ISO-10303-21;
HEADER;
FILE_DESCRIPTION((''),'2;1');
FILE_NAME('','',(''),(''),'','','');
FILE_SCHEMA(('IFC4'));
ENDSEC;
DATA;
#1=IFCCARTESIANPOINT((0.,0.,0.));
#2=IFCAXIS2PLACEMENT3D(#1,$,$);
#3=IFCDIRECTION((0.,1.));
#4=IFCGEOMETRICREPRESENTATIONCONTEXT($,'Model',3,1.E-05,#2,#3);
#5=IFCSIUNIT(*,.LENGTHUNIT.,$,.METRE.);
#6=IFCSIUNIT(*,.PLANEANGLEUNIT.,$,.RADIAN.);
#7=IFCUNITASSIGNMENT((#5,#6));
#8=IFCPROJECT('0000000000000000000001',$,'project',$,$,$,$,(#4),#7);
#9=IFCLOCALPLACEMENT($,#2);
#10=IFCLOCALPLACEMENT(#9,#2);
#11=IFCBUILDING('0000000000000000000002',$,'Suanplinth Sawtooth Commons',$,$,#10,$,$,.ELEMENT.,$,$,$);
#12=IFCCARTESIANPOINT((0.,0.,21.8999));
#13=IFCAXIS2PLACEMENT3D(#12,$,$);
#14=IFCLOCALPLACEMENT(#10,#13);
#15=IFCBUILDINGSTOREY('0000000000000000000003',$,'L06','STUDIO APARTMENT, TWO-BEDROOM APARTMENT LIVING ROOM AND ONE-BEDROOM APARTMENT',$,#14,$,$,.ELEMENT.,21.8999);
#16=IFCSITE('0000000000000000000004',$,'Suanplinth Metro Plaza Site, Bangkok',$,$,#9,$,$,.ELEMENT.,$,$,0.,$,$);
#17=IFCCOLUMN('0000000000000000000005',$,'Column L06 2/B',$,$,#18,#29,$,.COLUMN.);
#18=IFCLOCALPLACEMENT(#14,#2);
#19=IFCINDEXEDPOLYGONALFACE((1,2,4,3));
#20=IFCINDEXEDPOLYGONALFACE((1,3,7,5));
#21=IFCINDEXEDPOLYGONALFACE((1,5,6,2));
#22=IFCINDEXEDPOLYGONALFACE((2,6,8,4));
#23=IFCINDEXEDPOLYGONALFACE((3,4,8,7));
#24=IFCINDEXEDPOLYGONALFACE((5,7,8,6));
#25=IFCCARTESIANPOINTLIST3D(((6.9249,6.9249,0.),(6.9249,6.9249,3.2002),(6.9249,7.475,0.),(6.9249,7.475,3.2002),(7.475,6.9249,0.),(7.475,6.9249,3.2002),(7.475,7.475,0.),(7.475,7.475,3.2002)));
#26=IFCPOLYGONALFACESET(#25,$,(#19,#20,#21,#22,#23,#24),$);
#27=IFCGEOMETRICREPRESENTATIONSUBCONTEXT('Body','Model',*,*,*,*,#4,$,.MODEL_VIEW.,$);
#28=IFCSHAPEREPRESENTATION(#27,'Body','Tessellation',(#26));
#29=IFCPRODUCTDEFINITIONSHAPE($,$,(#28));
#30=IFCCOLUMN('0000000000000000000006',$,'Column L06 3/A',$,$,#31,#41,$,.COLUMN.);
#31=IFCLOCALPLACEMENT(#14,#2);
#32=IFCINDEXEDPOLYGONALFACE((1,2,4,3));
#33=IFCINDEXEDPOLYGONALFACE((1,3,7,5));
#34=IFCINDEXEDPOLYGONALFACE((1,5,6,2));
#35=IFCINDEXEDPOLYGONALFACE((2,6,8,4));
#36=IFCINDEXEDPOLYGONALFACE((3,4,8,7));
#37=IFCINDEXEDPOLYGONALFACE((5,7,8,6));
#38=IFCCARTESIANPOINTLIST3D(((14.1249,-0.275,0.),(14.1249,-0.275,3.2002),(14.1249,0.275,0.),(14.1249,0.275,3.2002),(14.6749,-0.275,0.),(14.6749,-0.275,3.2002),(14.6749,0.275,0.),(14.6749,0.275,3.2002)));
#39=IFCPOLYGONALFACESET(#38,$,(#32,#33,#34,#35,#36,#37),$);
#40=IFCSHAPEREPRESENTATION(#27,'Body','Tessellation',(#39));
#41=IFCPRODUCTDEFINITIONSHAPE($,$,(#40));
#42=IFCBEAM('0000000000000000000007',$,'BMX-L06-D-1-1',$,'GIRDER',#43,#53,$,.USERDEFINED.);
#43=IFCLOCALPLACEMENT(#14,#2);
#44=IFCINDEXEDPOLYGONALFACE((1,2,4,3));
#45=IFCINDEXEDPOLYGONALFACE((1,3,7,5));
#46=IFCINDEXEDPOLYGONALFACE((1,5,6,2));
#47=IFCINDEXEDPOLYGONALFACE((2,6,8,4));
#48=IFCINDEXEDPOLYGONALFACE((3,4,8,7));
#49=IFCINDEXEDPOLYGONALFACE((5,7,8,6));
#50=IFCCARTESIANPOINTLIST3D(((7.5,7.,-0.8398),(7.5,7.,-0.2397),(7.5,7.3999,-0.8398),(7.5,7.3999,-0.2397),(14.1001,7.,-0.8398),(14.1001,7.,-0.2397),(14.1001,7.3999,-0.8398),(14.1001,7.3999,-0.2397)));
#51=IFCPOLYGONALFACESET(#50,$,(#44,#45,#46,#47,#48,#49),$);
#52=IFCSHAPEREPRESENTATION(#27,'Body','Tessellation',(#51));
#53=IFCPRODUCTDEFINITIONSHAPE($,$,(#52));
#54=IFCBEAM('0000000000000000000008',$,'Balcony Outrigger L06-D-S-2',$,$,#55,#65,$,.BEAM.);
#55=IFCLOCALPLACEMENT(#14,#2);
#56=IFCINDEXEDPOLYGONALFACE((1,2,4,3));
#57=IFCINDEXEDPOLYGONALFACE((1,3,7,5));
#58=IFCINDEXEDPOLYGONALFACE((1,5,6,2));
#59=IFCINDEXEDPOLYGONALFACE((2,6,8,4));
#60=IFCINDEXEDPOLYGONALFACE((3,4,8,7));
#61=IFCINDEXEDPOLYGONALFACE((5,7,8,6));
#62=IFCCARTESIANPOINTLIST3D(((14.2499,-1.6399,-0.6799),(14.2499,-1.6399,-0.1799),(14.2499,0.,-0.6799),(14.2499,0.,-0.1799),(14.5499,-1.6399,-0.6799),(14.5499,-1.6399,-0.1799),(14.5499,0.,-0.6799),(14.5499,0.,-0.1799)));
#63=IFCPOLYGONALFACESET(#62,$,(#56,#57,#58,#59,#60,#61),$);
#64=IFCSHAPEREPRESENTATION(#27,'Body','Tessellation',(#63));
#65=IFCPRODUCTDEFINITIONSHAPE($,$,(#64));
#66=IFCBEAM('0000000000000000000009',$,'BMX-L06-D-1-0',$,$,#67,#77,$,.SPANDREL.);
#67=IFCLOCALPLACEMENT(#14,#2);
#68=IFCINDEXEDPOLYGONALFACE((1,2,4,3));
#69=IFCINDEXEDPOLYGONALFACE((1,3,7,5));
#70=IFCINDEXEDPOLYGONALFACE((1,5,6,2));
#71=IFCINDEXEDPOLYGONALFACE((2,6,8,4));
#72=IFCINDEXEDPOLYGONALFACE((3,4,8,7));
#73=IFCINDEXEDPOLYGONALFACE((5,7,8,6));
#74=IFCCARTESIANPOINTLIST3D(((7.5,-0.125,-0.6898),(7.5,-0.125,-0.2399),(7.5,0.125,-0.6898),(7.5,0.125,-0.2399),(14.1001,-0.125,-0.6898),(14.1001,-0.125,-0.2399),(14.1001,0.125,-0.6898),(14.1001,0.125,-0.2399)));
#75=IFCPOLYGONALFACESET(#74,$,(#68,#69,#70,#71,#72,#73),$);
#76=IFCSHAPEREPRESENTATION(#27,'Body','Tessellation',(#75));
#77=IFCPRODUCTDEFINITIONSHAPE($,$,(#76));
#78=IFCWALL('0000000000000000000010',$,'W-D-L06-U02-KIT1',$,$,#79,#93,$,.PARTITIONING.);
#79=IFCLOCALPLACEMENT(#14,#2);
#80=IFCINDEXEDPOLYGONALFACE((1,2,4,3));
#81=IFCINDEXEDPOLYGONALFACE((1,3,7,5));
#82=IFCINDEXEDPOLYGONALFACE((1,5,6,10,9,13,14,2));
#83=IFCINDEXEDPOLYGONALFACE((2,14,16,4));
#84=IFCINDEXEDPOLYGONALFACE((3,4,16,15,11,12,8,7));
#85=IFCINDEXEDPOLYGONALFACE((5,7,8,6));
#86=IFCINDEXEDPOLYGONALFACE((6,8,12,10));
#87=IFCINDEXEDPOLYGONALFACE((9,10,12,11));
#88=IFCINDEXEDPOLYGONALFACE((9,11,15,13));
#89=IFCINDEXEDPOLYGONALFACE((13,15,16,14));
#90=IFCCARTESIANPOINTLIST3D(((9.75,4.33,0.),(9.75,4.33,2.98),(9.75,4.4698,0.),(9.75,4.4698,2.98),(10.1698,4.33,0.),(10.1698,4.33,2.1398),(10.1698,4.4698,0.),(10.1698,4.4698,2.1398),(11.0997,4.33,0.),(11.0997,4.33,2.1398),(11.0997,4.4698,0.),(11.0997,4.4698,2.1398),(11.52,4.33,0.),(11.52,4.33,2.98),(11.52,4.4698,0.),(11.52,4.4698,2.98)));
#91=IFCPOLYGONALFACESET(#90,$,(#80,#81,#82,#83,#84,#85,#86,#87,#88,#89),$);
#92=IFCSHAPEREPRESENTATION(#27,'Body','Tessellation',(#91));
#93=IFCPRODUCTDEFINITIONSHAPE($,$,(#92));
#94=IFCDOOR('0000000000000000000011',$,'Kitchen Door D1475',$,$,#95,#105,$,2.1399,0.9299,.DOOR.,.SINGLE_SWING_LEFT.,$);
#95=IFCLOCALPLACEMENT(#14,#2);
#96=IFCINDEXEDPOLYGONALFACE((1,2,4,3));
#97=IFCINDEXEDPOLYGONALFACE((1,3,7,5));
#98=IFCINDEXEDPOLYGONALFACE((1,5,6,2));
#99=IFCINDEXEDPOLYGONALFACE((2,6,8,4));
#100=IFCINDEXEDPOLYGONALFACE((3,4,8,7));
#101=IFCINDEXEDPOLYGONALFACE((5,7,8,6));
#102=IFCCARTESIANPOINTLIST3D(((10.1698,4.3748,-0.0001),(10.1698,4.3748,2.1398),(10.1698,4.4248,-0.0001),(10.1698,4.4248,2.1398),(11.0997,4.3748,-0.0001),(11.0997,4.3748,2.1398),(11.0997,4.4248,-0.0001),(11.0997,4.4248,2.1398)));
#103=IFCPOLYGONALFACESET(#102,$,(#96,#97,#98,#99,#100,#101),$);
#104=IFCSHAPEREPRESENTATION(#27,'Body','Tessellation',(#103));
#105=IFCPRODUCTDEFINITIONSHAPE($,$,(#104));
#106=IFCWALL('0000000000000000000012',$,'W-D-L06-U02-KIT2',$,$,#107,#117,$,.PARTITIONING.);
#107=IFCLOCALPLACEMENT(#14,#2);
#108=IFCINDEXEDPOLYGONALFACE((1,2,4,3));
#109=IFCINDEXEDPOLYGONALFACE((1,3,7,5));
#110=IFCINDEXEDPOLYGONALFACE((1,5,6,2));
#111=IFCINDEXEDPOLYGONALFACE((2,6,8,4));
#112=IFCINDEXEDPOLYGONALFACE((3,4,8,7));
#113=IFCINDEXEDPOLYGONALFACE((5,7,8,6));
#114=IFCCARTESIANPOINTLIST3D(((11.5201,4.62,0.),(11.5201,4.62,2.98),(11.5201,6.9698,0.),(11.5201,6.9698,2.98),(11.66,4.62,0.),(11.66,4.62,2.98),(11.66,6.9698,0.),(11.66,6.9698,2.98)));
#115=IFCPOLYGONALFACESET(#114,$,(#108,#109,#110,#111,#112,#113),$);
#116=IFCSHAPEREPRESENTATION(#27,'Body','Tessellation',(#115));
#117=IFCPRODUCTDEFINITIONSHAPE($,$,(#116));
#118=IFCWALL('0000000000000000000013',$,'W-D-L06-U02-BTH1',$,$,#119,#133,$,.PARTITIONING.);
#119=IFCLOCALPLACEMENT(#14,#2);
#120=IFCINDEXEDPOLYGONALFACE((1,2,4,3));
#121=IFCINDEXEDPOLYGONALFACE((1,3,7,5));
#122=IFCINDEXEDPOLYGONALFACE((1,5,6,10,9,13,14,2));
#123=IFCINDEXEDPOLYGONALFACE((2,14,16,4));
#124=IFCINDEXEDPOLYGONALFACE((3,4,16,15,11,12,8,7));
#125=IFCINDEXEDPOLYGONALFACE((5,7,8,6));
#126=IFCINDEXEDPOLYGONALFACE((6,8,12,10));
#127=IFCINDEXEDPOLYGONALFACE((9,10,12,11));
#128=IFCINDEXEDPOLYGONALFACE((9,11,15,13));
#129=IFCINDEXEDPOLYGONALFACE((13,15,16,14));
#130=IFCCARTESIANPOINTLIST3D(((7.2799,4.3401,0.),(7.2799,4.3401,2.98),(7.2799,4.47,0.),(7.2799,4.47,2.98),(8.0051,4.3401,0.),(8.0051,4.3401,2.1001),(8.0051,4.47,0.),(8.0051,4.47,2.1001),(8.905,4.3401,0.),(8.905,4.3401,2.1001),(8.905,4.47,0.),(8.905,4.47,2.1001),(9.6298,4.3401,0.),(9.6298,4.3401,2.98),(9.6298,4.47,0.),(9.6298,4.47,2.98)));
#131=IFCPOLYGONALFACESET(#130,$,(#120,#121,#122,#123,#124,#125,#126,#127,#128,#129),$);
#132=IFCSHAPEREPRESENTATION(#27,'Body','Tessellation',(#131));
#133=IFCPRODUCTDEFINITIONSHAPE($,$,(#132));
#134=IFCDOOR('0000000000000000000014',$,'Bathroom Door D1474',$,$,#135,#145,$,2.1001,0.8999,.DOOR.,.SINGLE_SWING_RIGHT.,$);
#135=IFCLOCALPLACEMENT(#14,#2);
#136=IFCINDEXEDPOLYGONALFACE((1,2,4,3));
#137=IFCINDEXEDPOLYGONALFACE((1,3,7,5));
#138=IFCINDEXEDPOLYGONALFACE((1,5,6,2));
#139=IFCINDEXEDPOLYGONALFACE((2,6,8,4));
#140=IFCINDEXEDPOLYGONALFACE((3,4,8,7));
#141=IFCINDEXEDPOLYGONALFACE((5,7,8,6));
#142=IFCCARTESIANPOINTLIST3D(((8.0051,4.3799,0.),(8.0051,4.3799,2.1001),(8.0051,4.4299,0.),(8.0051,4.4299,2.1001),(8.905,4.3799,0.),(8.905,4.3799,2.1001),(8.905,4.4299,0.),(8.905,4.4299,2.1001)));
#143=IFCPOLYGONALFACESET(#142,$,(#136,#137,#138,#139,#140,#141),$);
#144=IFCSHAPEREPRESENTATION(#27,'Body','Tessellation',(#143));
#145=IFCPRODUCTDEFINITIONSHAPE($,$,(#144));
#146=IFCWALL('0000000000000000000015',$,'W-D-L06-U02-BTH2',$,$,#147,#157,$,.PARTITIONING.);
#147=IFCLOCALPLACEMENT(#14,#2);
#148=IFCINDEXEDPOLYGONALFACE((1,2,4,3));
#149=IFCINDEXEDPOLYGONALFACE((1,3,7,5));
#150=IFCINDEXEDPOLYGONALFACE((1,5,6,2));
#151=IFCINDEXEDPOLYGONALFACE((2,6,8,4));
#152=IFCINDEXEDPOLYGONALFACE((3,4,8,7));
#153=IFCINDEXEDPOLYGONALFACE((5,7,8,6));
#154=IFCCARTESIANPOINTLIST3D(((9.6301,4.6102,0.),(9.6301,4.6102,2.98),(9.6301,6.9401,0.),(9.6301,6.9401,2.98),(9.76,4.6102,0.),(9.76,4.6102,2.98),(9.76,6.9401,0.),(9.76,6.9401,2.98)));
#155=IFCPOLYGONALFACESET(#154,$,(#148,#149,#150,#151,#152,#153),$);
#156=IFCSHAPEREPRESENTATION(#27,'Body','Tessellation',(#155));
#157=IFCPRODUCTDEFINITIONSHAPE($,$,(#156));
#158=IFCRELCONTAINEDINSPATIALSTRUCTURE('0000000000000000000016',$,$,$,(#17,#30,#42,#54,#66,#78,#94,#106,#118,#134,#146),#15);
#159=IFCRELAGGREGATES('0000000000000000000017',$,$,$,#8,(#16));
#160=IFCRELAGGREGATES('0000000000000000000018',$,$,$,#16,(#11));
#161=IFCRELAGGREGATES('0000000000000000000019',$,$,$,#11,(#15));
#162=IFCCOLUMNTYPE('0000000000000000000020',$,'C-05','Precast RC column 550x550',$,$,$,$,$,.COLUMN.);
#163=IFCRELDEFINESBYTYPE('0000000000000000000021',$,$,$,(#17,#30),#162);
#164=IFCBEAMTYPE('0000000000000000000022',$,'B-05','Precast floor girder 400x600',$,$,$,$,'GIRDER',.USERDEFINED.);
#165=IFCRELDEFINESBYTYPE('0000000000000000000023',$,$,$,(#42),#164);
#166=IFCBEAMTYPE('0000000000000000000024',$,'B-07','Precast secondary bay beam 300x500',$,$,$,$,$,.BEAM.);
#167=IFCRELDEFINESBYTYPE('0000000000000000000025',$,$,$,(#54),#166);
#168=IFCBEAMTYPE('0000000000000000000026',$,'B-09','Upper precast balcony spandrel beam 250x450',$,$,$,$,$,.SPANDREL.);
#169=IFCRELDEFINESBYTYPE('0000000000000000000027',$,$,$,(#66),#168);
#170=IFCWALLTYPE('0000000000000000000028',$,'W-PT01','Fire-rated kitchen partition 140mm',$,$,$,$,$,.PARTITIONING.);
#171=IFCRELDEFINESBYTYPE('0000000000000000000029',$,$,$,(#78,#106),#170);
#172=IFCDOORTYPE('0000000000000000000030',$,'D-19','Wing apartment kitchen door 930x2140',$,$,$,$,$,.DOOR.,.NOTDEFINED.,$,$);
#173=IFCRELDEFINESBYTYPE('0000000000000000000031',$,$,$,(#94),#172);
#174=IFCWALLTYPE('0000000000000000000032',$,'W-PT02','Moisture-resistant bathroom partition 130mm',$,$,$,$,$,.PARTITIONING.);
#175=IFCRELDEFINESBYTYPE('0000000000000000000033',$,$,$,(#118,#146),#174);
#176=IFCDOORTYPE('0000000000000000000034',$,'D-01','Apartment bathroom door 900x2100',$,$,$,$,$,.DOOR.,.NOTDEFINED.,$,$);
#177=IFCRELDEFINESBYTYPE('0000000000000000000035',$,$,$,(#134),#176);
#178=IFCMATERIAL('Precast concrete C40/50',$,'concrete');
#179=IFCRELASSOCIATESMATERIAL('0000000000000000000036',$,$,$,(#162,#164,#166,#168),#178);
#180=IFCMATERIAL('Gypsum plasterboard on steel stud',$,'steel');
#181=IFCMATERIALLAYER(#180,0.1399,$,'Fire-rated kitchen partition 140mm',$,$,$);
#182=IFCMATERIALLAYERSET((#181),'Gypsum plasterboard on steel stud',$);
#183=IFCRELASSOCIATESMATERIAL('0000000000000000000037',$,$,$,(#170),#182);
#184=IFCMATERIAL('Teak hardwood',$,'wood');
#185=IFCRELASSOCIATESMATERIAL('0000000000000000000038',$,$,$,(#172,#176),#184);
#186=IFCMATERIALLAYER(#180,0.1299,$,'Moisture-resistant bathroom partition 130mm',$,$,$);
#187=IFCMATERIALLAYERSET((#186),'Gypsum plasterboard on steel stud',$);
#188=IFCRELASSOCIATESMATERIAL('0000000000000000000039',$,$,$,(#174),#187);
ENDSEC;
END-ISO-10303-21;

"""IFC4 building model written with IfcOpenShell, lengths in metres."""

from ifc_helpers import new_model, si_unit, direction, frame, frame_2d, origin, origin_2d, place, context, subcontext, project, spatial, rectangle, extrude, material, layer, layer_set, material_profile, profile_set, type_object, element, fill, save


model = new_model("IFC4")

# Units and contexts
model_context = context("Model", 3, precision=1e-05, world=origin(), true_north=direction((0.0, 1.0)))
body_context = subcontext(model_context, "Body", "Model", "MODEL_VIEW")
ifc_project = project(units=[si_unit("LENGTHUNIT", "METRE"), si_unit("PLANEANGLEUNIT", "RADIAN")], contexts=[model_context])

# Site, building, storey
site_placement = place(None, origin())
site = spatial("IfcSite", under=ifc_project, at=site_placement, Name="Suanplinth Metro Plaza Site, Bangkok", CompositionType="ELEMENT", RefElevation=0.0)
building_placement = place(site_placement, origin())
building = spatial("IfcBuilding", under=site, at=building_placement, Name="Suanplinth Sawtooth Commons", CompositionType="ELEMENT")
storey_placement = place(building_placement, frame((0.0, 0.0, 21.8999)))
storey = spatial("IfcBuildingStorey", under=building, at=storey_placement, Name="L06", Description="STUDIO APARTMENT, TWO-BEDROOM APARTMENT LIVING ROOM AND ONE-BEDROOM APARTMENT", CompositionType="ELEMENT", Elevation=21.8999)

# Columns
ifc_material_1 = material(Name="Precast concrete C40/50", Category="concrete")
ifc_material_profile_1 = material_profile(ifc_material_1, rectangle(XDim=0.55, YDim=0.55, at=origin_2d()), Name="PC-COL 550x550")
ifc_profile_set_1 = profile_set([ifc_material_profile_1], Name="Precast concrete C40/50")
column_type = type_object("IfcColumnType", Name="C-05", Description="Precast RC column 550x550", PredefinedType="COLUMN", material=ifc_profile_set_1)
for number, where, z_axis, x_axis, name in (
    (1, (7.2, 7.2, 0.0), (0.0, 0.0, 1.0), (1.0, 0.0, 0.0), "Column L06 2/B"),
    (2, (14.3999, 0.0, 0.0), (0.0, 0.0, 1.0), (1.0, 0.0, 0.0), "Column L06 3/A"),
):
    element("IfcColumn", number, at=place(storey_placement, frame(where, z_axis=z_axis, x_axis=x_axis)), inside=storey, type_object=column_type, Name=name, PredefinedType="COLUMN", context=body_context, shape_type="SweptSolid", body=[
        extrude(rectangle(XDim=0.55, YDim=0.55, at=origin_2d()), origin(), (0.0, 0.0, 1.0), 3.2002),
    ])

# Beams
ifc_material_profile_2 = material_profile(ifc_material_1, rectangle(XDim=0.3999, YDim=0.6001, at=origin_2d()), Name="PC-GDR 400x600")
ifc_profile_set_2 = profile_set([ifc_material_profile_2], Name="Precast concrete C40/50")
beam_type_1 = type_object("IfcBeamType", Name="B-05", Description="Precast floor girder 400x600", ElementType="GIRDER", PredefinedType="USERDEFINED", material=ifc_profile_set_2)
beam_1_placement = place(storey_placement, frame((7.5, 7.2, -0.5398), z_axis=(1.0, 0.0, 0.0), x_axis=(0.0, 1.0, 0.0)))
element("IfcBeam", 3, at=beam_1_placement, inside=storey, type_object=beam_type_1, Name="BMX-L06-D-1-1", ObjectType="GIRDER", PredefinedType="USERDEFINED", context=body_context, shape_type="SweptSolid", body=[
    extrude(rectangle(XDim=0.3999, YDim=0.6001, at=origin_2d()), origin(), (0.0, 0.0, 1.0), 6.6001),
])
ifc_material_profile_3 = material_profile(ifc_material_1, rectangle(XDim=0.3, YDim=0.5, at=origin_2d()), Name="PC-BM 300x500")
ifc_profile_set_3 = profile_set([ifc_material_profile_3], Name="Precast concrete C40/50")
beam_type_2 = type_object("IfcBeamType", Name="B-07", Description="Precast secondary bay beam 300x500", PredefinedType="BEAM", material=ifc_profile_set_3)
beam_2_placement = place(storey_placement, frame((14.3999, 0.0, -0.4299), z_axis=(0.0, -1.0, 0.0), x_axis=(1.0, 0.0, 0.0)))
element("IfcBeam", 4, at=beam_2_placement, inside=storey, type_object=beam_type_2, Name="Balcony Outrigger L06-D-S-2", PredefinedType="BEAM", context=body_context, shape_type="SweptSolid", body=[
    extrude(rectangle(XDim=0.3, YDim=0.5, at=origin_2d()), origin(), (0.0, 0.0, 1.0), 1.6399),
])
ifc_material_profile_4 = material_profile(ifc_material_1, rectangle(XDim=0.25, YDim=0.45, at=origin_2d()), Name="PC-SP 250x450")
ifc_profile_set_4 = profile_set([ifc_material_profile_4], Name="Precast concrete C40/50")
beam_type_3 = type_object("IfcBeamType", Name="B-09", Description="Upper precast balcony spandrel beam 250x450", PredefinedType="SPANDREL", material=ifc_profile_set_4)
beam_3_placement = place(storey_placement, frame((7.5, 0.0, -0.4648), z_axis=(1.0, 0.0, 0.0), x_axis=(0.0, 1.0, 0.0)))
element("IfcBeam", 5, at=beam_3_placement, inside=storey, type_object=beam_type_3, Name="BMX-L06-D-1-0", PredefinedType="SPANDREL", context=body_context, shape_type="SweptSolid", body=[
    extrude(rectangle(XDim=0.25, YDim=0.45, at=origin_2d()), origin(), (0.0, 0.0, 1.0), 6.6001),
])

# Wall, opening, door
ifc_material_2 = material(Name="Gypsum plasterboard on steel stud", Category="steel")
ifc_layer_1 = layer(ifc_material_2, 0.1399, Name="Fire-rated kitchen partition 140mm")
ifc_layer_set_1 = layer_set([ifc_layer_1], Name="Gypsum plasterboard on steel stud")
wall_type_1 = type_object("IfcWallType", Name="W-PT01", Description="Fire-rated kitchen partition 140mm", PredefinedType="PARTITIONING", material=ifc_layer_set_1)
wall_1_placement = place(storey_placement, frame((9.75, 4.3999, 0.0), z_axis=(0.0, 0.0, 1.0), x_axis=(1.0, 0.0, 0.0)))
wall_1 = element("IfcWall", 6, at=wall_1_placement, inside=storey, type_object=wall_type_1, Name="W-D-L06-U02-KIT1", PredefinedType="PARTITIONING", context=body_context, shape_type="SweptSolid", body=[
    extrude(rectangle(XDim=1.77, YDim=0.1399, at=frame_2d((0.885, 0.0))), origin(), (0.0, 0.0, 1.0), 2.98),
])
opening_1_placement = place(wall_1_placement, frame((0.4199, 0.0, 0.0)))
opening_1 = element("IfcOpeningElement", 7, at=opening_1_placement, cuts=wall_1, PredefinedType="OPENING", context=body_context, shape_type="SweptSolid", body=[
    extrude(rectangle(XDim=0.9299, YDim=2.1399, at=frame_2d((0.4648, 1.0698))), frame((0.0, 0.085, 0.0), z_axis=(0.0, -1.0, 0.0), x_axis=(1.0, 0.0, 0.0)), (0.0, 0.0, 1.0), 0.1697),
])
ifc_material_3 = material(Name="Teak hardwood", Category="wood")
door_type_1 = type_object("IfcDoorType", Name="D-19", Description="Wing apartment kitchen door 930x2140", OperationType="NOTDEFINED", PredefinedType="DOOR", material=ifc_material_3)
door_1_placement = place(opening_1_placement, origin())
door_1 = element("IfcDoor", 8, at=door_1_placement, inside=storey, type_object=door_type_1, Name="Kitchen Door D1475", OperationType="SINGLE_SWING_LEFT", OverallHeight=2.1399, OverallWidth=0.9299, PredefinedType="DOOR", context=body_context, shape_type="SweptSolid", body=[
    extrude(rectangle(XDim=0.9299, YDim=2.1399, at=frame_2d((0.4648, 1.0698))), frame((0.0, 0.0249, 0.0), z_axis=(0.0, -1.0, 0.0), x_axis=(1.0, 0.0, 0.0)), (0.0, 0.0, 1.0), 0.05),
])
fill(opening_1, door_1)

# Wall
wall_2_placement = place(storey_placement, frame((11.5901, 4.6201, 0.0), z_axis=(0.0, 0.0, 1.0), x_axis=(0.0, 1.0, 0.0)))
element("IfcWall", 9, at=wall_2_placement, inside=storey, type_object=wall_type_1, Name="W-D-L06-U02-KIT2", PredefinedType="PARTITIONING", context=body_context, shape_type="SweptSolid", body=[
    extrude(rectangle(XDim=2.3499, YDim=0.1399, at=frame_2d((1.1748, 0.0))), origin(), (0.0, 0.0, 1.0), 2.98),
])

# Wall, opening, door
ifc_layer_2 = layer(ifc_material_2, 0.1299, Name="Moisture-resistant bathroom partition 130mm")
ifc_layer_set_2 = layer_set([ifc_layer_2], Name="Gypsum plasterboard on steel stud")
wall_type_2 = type_object("IfcWallType", Name="W-PT02", Description="Moisture-resistant bathroom partition 130mm", PredefinedType="PARTITIONING", material=ifc_layer_set_2)
wall_3_placement = place(storey_placement, frame((7.28, 4.405, 0.0), z_axis=(0.0, 0.0, 1.0), x_axis=(1.0, 0.0, 0.0)))
wall_3 = element("IfcWall", 10, at=wall_3_placement, inside=storey, type_object=wall_type_2, Name="W-D-L06-U02-BTH1", PredefinedType="PARTITIONING", context=body_context, shape_type="SweptSolid", body=[
    extrude(rectangle(XDim=2.3499, YDim=0.1299, at=frame_2d((1.1748, 0.0))), origin(), (0.0, 0.0, 1.0), 2.98),
])
opening_2_placement = place(wall_3_placement, frame((0.7251, 0.0, 0.0)))
opening_2 = element("IfcOpeningElement", 11, at=opening_2_placement, cuts=wall_3, PredefinedType="OPENING", context=body_context, shape_type="SweptSolid", body=[
    extrude(rectangle(XDim=0.8999, YDim=2.1001, at=frame_2d((0.45, 1.05))), frame((0.0, 0.0798, 0.0), z_axis=(0.0, -1.0, 0.0), x_axis=(1.0, 0.0, 0.0)), (0.0, 0.0, 1.0), 0.1597),
])
door_type_2 = type_object("IfcDoorType", Name="D-01", Description="Apartment bathroom door 900x2100", OperationType="NOTDEFINED", PredefinedType="DOOR", material=ifc_material_3)
door_2_placement = place(opening_2_placement, origin())
door_2 = element("IfcDoor", 12, at=door_2_placement, inside=storey, type_object=door_type_2, Name="Bathroom Door D1474", OperationType="SINGLE_SWING_RIGHT", OverallHeight=2.1001, OverallWidth=0.8999, PredefinedType="DOOR", context=body_context, shape_type="SweptSolid", body=[
    extrude(rectangle(XDim=0.8999, YDim=2.1001, at=frame_2d((0.45, 1.05))), frame((0.0, 0.0249, 0.0), z_axis=(0.0, -1.0, 0.0), x_axis=(1.0, 0.0, 0.0)), (0.0, 0.0, 1.0), 0.05),
])
fill(opening_2, door_2)

# Wall
wall_4_placement = place(storey_placement, frame((9.6951, 4.6101, 0.0), z_axis=(0.0, 0.0, 1.0), x_axis=(0.0, 1.0, 0.0)))
element("IfcWall", 13, at=wall_4_placement, inside=storey, type_object=wall_type_2, Name="W-D-L06-U02-BTH2", PredefinedType="PARTITIONING", context=body_context, shape_type="SweptSolid", body=[
    extrude(rectangle(XDim=2.3298, YDim=0.1299, at=frame_2d((1.165, 0.0))), origin(), (0.0, 0.0, 1.0), 2.98),
])

save(model, "model.ifc")
